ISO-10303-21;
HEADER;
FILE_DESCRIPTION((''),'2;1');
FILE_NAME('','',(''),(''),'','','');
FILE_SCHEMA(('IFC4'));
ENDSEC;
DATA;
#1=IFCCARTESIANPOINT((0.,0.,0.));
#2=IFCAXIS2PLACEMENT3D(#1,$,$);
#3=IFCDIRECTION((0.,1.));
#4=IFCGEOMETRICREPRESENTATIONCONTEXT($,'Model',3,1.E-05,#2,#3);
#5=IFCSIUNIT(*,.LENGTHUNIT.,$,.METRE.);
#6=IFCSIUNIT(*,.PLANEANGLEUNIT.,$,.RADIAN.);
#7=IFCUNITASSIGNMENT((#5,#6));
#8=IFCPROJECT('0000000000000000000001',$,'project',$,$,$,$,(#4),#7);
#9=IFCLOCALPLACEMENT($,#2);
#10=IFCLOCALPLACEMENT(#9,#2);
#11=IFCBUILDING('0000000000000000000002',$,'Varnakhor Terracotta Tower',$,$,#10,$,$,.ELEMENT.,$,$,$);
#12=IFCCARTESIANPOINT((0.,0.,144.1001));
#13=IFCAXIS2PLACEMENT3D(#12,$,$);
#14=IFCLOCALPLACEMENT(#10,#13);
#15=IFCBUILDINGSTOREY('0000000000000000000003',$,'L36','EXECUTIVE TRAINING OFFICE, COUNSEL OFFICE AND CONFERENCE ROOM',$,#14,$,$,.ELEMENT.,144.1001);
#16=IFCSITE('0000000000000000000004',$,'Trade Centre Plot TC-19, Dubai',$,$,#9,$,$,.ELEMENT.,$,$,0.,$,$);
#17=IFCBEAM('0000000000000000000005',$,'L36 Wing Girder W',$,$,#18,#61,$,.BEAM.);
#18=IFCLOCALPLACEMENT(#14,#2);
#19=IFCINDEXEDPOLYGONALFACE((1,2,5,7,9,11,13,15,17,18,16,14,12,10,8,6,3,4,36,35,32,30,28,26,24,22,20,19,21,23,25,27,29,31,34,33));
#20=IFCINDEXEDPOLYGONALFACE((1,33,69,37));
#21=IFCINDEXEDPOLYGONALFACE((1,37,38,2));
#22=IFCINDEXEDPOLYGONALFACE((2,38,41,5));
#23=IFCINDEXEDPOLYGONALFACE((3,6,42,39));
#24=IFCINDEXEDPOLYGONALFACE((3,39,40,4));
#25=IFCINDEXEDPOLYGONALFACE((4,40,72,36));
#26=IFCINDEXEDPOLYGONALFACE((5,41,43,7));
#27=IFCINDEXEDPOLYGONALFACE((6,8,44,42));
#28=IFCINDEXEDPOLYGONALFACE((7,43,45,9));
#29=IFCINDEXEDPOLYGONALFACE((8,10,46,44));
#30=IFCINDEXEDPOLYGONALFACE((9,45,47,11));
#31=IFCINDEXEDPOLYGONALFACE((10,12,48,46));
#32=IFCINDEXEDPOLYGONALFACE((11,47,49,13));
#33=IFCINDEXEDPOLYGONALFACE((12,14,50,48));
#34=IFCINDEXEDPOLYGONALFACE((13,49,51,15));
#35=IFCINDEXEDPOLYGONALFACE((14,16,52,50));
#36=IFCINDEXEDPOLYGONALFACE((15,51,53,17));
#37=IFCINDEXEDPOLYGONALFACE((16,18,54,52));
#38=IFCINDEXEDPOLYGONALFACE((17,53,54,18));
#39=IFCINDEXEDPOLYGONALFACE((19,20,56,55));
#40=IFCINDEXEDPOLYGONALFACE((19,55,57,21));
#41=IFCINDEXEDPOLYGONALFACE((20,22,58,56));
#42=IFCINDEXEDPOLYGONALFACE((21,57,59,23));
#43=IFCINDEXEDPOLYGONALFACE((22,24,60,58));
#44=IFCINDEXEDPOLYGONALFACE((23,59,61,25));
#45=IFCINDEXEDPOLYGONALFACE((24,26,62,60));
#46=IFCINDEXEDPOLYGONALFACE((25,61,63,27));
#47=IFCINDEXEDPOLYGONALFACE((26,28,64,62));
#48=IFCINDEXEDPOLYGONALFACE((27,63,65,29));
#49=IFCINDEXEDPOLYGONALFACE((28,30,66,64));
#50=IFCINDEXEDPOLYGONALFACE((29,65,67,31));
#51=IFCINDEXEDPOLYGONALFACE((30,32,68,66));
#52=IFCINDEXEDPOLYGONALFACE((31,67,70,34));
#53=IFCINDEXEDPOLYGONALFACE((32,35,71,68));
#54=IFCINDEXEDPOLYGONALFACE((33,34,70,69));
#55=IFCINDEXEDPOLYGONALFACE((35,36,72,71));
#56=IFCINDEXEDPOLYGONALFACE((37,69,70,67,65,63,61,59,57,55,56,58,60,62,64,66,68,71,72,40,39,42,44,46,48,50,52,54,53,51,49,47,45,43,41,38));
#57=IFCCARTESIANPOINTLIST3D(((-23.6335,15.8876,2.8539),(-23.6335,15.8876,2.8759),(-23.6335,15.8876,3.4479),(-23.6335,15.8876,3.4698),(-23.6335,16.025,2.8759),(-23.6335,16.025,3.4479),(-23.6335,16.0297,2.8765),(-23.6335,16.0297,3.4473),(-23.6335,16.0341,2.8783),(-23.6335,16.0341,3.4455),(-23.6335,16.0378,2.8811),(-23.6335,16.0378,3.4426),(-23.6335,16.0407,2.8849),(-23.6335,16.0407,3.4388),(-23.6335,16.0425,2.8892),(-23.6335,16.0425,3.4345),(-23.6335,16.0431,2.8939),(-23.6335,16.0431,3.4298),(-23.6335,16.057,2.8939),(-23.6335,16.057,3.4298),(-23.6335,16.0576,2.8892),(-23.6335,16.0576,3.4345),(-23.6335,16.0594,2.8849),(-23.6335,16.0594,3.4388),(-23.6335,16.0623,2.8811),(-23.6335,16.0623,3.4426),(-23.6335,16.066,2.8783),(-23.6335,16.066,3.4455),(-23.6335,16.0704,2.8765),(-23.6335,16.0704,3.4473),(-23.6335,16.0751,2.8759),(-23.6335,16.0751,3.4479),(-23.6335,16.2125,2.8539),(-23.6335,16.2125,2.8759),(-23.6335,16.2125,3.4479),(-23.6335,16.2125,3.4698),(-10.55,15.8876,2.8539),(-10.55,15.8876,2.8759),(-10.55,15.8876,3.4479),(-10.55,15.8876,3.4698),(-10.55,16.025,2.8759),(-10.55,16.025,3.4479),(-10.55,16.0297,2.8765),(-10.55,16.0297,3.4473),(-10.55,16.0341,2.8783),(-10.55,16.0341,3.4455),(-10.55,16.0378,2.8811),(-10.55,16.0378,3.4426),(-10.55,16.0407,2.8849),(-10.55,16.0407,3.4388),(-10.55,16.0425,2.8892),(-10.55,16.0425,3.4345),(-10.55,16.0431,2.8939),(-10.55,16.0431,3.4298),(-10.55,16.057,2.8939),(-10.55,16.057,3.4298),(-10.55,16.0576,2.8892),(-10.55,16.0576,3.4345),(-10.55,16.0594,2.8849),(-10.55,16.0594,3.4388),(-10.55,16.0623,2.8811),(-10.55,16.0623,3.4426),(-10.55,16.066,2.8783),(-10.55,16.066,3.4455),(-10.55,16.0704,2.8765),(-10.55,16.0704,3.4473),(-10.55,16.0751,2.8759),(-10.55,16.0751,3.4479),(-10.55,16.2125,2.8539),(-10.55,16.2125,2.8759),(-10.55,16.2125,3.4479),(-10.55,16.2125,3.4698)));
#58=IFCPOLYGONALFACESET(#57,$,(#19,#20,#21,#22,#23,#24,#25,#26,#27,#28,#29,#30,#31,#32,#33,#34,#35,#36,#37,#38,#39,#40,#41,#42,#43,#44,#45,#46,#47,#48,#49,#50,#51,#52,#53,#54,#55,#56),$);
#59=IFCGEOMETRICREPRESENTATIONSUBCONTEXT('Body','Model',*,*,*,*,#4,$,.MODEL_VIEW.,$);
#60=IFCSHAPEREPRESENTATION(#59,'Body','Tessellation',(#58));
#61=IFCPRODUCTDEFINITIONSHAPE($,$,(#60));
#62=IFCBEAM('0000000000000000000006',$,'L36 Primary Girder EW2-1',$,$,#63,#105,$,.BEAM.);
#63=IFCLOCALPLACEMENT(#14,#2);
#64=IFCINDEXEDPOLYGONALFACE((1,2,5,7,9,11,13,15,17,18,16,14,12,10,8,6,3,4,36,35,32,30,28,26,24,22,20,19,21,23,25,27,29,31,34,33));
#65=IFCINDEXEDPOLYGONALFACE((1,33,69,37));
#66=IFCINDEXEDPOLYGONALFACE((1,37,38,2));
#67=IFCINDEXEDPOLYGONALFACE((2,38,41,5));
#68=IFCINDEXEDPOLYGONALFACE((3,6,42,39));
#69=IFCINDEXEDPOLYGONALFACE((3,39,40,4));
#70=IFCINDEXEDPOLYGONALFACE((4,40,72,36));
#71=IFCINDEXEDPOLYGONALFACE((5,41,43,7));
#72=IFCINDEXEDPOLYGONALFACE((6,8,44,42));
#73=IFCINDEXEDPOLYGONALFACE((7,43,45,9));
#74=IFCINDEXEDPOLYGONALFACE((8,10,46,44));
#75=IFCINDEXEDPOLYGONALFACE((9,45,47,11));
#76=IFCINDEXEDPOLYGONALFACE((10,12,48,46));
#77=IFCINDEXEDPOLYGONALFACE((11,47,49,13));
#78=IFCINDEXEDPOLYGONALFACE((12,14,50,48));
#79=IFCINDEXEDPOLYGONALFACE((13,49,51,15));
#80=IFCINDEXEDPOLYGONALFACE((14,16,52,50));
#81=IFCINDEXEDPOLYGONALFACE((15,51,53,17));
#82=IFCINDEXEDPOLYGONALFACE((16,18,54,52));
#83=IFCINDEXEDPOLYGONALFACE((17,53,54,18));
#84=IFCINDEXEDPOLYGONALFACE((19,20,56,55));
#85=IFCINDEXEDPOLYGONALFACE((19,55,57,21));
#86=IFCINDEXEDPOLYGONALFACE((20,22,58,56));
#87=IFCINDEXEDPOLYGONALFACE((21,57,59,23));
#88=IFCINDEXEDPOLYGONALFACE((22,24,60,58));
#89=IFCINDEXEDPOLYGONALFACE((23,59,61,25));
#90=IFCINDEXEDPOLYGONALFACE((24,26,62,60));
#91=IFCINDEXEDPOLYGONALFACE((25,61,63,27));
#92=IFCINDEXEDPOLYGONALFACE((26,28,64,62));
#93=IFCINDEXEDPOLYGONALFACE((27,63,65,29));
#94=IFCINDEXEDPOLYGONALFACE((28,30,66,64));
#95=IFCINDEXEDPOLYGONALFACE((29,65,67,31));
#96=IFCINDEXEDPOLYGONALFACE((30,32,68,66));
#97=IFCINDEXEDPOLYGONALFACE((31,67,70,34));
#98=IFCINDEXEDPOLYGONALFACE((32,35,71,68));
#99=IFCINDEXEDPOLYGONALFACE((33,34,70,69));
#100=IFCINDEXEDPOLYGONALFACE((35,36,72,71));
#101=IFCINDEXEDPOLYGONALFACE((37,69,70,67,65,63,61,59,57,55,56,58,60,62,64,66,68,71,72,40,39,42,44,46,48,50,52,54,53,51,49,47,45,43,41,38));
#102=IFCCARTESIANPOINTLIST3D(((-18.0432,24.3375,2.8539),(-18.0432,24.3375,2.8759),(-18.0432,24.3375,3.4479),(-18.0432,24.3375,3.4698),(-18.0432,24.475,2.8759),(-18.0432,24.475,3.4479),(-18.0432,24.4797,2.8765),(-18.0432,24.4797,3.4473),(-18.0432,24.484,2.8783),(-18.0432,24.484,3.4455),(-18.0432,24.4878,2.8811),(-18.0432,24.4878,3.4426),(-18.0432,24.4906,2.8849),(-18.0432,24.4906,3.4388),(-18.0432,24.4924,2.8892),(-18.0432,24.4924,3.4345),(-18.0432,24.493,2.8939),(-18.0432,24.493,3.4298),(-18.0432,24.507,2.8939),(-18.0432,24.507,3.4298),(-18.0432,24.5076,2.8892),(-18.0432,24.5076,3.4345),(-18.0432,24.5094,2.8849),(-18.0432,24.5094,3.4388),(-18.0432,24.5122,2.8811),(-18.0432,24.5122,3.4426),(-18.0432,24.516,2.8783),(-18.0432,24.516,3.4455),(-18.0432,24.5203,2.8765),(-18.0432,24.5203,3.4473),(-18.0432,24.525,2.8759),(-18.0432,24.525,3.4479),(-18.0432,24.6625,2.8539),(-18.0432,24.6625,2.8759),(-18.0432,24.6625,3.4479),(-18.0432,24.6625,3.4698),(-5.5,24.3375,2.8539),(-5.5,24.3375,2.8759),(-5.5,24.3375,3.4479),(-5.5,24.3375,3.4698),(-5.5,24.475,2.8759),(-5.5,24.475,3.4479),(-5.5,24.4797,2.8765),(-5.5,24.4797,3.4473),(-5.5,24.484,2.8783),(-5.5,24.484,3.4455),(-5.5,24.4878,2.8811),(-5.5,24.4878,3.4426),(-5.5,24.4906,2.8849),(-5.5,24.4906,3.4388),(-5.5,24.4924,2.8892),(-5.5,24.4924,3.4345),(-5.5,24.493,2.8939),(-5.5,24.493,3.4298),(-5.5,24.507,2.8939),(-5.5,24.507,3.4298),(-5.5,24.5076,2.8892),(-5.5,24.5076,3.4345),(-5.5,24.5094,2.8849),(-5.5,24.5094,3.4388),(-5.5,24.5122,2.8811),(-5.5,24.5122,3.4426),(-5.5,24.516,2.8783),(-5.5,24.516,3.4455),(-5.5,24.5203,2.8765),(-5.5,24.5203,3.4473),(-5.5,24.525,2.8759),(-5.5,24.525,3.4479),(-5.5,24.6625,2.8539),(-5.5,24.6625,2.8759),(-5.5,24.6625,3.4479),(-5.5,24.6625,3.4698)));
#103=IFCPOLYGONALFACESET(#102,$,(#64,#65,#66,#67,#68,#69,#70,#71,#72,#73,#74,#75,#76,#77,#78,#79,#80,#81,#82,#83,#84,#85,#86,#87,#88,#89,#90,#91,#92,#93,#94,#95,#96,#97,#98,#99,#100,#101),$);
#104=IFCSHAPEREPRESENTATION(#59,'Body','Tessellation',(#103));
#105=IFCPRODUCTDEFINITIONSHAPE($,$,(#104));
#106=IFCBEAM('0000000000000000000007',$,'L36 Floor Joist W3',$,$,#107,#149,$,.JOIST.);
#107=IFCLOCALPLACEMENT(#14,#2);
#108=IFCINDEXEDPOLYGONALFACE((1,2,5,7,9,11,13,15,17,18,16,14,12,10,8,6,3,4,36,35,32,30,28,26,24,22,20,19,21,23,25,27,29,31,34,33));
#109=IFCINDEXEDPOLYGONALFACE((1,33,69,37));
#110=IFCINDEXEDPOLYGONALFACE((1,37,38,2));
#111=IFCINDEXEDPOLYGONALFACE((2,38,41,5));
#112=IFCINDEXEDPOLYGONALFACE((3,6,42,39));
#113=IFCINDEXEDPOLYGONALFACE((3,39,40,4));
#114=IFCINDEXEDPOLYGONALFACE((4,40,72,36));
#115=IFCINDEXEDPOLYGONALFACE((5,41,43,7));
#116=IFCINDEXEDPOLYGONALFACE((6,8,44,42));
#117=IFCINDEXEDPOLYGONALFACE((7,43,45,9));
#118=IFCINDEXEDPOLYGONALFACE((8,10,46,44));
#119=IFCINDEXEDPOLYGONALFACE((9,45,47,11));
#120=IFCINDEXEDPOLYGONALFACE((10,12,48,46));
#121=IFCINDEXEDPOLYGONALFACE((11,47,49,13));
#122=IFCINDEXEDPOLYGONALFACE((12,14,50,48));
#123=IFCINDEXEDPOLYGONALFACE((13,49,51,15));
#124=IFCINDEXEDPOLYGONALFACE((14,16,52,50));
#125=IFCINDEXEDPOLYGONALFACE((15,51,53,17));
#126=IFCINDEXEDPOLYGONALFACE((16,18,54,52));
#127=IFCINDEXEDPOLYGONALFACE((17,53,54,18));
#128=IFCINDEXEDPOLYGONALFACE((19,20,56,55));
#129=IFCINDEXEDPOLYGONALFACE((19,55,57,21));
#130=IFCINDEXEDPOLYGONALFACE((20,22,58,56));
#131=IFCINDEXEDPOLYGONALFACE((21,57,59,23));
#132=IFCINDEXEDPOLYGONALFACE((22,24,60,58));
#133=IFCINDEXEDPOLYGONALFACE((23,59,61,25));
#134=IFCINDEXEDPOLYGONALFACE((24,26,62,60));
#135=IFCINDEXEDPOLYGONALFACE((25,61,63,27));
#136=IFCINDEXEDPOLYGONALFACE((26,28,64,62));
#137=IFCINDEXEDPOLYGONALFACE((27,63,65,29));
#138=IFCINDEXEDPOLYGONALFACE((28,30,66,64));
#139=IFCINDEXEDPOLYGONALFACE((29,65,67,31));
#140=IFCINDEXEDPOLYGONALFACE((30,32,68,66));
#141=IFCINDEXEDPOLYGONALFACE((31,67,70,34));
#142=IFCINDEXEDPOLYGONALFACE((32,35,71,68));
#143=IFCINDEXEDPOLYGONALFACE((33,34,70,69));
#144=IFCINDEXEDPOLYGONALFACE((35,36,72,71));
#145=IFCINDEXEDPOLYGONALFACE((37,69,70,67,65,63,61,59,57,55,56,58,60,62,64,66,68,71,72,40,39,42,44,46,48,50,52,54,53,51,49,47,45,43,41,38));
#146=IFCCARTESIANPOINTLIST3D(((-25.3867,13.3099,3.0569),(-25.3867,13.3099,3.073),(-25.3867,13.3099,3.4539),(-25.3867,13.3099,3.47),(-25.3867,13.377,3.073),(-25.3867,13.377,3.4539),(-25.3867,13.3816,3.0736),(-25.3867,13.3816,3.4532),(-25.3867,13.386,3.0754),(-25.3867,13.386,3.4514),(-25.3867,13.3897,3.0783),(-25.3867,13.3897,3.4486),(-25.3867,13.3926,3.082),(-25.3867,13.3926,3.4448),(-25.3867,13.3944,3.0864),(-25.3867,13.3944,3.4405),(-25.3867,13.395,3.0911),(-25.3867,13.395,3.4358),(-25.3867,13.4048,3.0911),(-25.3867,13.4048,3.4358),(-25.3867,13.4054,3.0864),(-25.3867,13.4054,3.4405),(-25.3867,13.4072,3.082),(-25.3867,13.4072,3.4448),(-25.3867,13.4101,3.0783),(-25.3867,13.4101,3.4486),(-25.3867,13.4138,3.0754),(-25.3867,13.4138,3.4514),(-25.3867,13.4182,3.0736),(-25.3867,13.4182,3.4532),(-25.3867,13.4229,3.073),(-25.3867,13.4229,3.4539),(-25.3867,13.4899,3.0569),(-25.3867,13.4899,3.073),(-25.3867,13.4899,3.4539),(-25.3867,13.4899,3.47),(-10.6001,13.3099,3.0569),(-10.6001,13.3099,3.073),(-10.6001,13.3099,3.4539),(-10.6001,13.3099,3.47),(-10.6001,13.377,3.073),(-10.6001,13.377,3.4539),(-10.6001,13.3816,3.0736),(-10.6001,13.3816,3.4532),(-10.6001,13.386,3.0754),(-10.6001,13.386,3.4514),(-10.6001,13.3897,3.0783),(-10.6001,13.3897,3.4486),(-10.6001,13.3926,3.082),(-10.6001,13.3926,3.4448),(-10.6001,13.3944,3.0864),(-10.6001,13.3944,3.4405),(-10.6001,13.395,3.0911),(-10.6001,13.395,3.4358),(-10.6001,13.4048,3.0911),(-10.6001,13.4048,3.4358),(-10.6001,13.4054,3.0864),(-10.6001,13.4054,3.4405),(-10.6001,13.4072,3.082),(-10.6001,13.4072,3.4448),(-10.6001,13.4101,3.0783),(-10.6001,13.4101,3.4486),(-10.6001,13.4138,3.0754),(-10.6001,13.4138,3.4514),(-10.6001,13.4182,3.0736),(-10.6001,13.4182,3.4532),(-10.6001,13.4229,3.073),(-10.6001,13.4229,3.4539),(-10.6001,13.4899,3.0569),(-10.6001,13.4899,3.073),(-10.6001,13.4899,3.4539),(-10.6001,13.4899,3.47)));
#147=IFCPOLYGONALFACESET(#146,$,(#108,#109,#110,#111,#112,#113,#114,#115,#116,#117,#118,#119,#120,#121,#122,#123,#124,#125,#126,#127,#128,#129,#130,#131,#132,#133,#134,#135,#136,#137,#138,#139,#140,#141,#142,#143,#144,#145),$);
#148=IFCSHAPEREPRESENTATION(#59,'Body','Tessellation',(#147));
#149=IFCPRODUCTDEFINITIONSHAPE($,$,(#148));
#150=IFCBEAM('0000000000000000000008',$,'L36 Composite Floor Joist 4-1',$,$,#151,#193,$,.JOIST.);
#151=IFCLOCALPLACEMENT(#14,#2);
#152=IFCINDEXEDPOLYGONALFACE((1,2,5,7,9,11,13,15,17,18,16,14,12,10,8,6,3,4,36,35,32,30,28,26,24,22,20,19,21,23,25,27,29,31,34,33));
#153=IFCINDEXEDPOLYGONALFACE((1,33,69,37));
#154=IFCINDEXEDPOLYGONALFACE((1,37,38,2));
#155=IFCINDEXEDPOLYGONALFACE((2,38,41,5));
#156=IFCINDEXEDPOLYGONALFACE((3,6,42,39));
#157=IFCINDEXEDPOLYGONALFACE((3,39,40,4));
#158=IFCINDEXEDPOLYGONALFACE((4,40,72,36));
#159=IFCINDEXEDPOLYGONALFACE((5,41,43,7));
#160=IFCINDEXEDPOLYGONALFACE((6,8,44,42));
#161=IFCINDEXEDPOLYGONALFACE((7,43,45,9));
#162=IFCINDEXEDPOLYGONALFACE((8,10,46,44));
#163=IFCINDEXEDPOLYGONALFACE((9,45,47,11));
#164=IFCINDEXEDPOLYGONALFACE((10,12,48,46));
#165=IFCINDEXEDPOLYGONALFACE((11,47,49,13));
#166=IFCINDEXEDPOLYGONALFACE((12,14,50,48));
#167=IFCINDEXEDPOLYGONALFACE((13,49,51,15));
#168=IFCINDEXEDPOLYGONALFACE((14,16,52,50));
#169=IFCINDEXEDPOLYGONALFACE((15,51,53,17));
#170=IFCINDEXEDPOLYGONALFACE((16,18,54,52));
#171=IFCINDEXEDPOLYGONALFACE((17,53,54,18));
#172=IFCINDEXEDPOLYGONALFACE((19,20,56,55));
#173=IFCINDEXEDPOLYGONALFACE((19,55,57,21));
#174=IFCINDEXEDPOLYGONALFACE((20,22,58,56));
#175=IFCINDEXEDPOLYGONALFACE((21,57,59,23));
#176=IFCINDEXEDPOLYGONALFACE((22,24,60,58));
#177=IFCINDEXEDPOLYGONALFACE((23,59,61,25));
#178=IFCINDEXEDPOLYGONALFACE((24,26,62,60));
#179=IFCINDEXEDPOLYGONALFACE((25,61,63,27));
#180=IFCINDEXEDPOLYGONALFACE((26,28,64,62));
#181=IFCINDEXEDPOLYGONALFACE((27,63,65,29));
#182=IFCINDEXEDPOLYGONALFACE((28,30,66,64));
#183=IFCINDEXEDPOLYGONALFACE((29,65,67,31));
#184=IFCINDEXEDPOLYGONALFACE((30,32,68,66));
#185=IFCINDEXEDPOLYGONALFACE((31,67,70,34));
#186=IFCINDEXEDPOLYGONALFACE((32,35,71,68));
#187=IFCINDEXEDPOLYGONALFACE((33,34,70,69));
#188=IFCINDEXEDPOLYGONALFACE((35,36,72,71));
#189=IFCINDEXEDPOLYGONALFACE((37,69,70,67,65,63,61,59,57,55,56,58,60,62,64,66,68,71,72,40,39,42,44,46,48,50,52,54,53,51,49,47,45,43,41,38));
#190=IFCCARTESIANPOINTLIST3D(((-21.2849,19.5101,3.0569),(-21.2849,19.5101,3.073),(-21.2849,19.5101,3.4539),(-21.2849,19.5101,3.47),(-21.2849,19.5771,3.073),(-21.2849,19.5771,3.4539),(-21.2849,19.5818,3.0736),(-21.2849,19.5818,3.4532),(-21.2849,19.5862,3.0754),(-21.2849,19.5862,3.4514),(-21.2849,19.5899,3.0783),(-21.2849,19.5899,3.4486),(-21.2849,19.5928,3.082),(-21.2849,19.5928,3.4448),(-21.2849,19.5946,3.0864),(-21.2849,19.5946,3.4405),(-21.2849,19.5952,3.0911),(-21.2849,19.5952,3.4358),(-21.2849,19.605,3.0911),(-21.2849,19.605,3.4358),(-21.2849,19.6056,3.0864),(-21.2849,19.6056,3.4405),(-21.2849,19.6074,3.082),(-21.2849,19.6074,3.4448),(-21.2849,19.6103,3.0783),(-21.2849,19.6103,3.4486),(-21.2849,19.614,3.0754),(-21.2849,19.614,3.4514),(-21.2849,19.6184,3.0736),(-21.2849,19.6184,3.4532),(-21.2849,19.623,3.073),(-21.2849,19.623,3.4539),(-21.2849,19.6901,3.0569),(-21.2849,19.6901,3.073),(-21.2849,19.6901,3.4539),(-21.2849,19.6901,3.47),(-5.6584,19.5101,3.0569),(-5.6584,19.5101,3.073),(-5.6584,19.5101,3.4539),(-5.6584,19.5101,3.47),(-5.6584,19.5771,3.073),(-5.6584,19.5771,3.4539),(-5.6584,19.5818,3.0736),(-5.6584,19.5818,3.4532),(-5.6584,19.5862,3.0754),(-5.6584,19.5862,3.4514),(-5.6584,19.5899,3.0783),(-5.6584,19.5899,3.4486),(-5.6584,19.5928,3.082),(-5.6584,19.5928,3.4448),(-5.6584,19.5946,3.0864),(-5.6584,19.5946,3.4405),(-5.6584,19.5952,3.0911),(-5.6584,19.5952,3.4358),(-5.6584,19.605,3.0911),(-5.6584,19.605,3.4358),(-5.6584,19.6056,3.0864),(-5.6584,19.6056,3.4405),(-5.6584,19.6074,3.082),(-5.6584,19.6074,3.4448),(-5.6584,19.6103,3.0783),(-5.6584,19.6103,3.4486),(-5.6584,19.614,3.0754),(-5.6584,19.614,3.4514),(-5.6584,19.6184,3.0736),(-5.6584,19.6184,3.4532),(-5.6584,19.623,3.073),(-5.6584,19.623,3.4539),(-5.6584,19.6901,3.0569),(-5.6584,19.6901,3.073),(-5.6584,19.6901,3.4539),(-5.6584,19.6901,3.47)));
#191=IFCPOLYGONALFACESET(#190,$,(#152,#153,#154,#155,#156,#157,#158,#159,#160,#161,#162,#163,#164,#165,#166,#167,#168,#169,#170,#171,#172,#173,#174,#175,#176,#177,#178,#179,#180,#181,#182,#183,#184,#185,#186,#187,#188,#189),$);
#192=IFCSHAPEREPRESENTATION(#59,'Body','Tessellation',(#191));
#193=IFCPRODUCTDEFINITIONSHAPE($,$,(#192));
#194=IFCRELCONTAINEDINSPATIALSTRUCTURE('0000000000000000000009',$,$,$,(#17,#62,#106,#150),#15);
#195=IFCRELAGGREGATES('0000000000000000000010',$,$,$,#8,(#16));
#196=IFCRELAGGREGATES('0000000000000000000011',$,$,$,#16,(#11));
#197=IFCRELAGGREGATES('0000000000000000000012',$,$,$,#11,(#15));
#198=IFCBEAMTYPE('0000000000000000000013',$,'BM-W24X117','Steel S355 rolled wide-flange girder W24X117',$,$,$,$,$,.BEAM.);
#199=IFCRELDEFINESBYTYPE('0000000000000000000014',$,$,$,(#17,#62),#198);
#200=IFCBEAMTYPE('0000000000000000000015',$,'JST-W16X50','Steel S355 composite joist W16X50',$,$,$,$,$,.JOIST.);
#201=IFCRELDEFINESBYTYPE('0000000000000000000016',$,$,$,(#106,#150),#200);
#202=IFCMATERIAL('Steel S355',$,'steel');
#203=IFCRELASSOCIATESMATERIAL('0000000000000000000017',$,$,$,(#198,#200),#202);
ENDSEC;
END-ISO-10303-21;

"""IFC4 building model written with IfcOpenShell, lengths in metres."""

from ifc_helpers import new_model, si_unit, direction, frame, origin, origin_2d, place, context, subcontext, project, spatial, i_section, extrude, source, transform, mapped, material, material_profile, profile_set, type_object, element, save


model = new_model("IFC4")

# Units and contexts
model_context = context("Model", 3, precision=1e-05, world=origin(), true_north=direction((0.0, 1.0)))
body_context = subcontext(model_context, "Body", "Model", "MODEL_VIEW")
ifc_project = project(units=[si_unit("LENGTHUNIT", "METRE"), si_unit("PLANEANGLEUNIT", "RADIAN")], contexts=[model_context])

# Site, building, storey
site_placement = place(None, origin())
site = spatial("IfcSite", under=ifc_project, at=site_placement, Name="Trade Centre Plot TC-19, Dubai", CompositionType="ELEMENT", RefElevation=0.0)
building_placement = place(site_placement, origin())
building = spatial("IfcBuilding", under=site, at=building_placement, Name="Varnakhor Terracotta Tower", CompositionType="ELEMENT")
storey_placement = place(building_placement, frame((0.0, 0.0, 144.1001)))
storey = spatial("IfcBuildingStorey", under=building, at=storey_placement, Name="L36", Description="EXECUTIVE TRAINING OFFICE, COUNSEL OFFICE AND CONFERENCE ROOM", CompositionType="ELEMENT", Elevation=144.1001)

# Beams
ifc_material_1 = material(Name="Steel S355", Category="steel")
ifc_material_profile_1 = material_profile(ifc_material_1, i_section(OverallWidth=0.325, OverallDepth=0.616, WebThickness=0.0139, FlangeThickness=0.022, FilletRadius=0.0181, at=origin_2d()), Name="W24X117")
ifc_profile_set_1 = profile_set([ifc_material_profile_1], Name="Steel S355")
beam_type_1 = type_object("IfcBeamType", Name="BM-W24X117", Description="Steel S355 rolled wide-flange girder W24X117", PredefinedType="BEAM", material=ifc_profile_set_1)
shared_shape_1 = source(origin(), body_context, "Body", "SweptSolid", [
    extrude(i_section(OverallWidth=0.325, OverallDepth=0.616, WebThickness=0.0139, FlangeThickness=0.022, FilletRadius=0.0181, at=origin_2d()), origin(), (0.0, 0.0, 1.0), 13.0835),
])
beam_1_placement = place(storey_placement, frame((-23.6335, 16.05, 3.1619), z_axis=(1.0, 0.0, 0.0), x_axis=(0.0, 1.0, 0.0)))
element("IfcBeam", 1, at=beam_1_placement, inside=storey, type_object=beam_type_1, Name="L36 Wing Girder W", PredefinedType="BEAM", context=body_context, shape_type="MappedRepresentation", body=[
    mapped(shared_shape_1, transform((0.0, 0.0, 0.0), scale=1.0)),
])
shared_shape_2 = source(origin(), body_context, "Body", "SweptSolid", [
    extrude(i_section(OverallWidth=0.325, OverallDepth=0.616, WebThickness=0.0139, FlangeThickness=0.022, FilletRadius=0.0181, at=origin_2d()), origin(), (0.0, 0.0, 1.0), 12.5432),
])
beam_2_placement = place(storey_placement, frame((-18.0432, 24.5, 3.1619), z_axis=(1.0, 0.0, 0.0), x_axis=(0.0, 1.0, 0.0)))
element("IfcBeam", 2, at=beam_2_placement, inside=storey, type_object=beam_type_1, Name="L36 Primary Girder EW2-1", PredefinedType="BEAM", context=body_context, shape_type="MappedRepresentation", body=[
    mapped(shared_shape_2, transform((0.0, 0.0, 0.0), scale=1.0)),
])
ifc_material_profile_2 = material_profile(ifc_material_1, i_section(OverallWidth=0.1799, OverallDepth=0.4131, WebThickness=0.0098, FlangeThickness=0.0161, FilletRadius=0.0181, at=origin_2d()), Name="W16X50")
ifc_profile_set_2 = profile_set([ifc_material_profile_2], Name="Steel S355")
beam_type_2 = type_object("IfcBeamType", Name="JST-W16X50", Description="Steel S355 composite joist W16X50", PredefinedType="JOIST", material=ifc_profile_set_2)
shared_shape_3 = source(origin(), body_context, "Body", "SweptSolid", [
    extrude(i_section(OverallWidth=0.1799, OverallDepth=0.4131, WebThickness=0.0098, FlangeThickness=0.0161, FilletRadius=0.0181, at=origin_2d()), origin(), (0.0, 0.0, 1.0), 14.7866),
])
beam_3_placement = place(storey_placement, frame((-25.3867, 13.3999, 3.2634), z_axis=(1.0, 0.0, 0.0), x_axis=(0.0, 1.0, 0.0)))
element("IfcBeam", 3, at=beam_3_placement, inside=storey, type_object=beam_type_2, Name="L36 Floor Joist W3", PredefinedType="JOIST", context=body_context, shape_type="MappedRepresentation", body=[
    mapped(shared_shape_3, transform((0.0, 0.0, 0.0), scale=1.0)),
])
shared_shape_4 = source(origin(), body_context, "Body", "SweptSolid", [
    extrude(i_section(OverallWidth=0.1799, OverallDepth=0.4131, WebThickness=0.0098, FlangeThickness=0.0161, FilletRadius=0.0181, at=origin_2d()), origin(), (0.0, 0.0, 1.0), 15.6265),
])
beam_4_placement = place(storey_placement, frame((-21.2849, 19.6001, 3.2634), z_axis=(1.0, 0.0, 0.0), x_axis=(0.0, 1.0, 0.0)))
element("IfcBeam", 4, at=beam_4_placement, inside=storey, type_object=beam_type_2, Name="L36 Composite Floor Joist 4-1", PredefinedType="JOIST", context=body_context, shape_type="MappedRepresentation", body=[
    mapped(shared_shape_4, transform((0.0, 0.0, 0.0), scale=1.0)),
])

save(model, "model.ifc")
